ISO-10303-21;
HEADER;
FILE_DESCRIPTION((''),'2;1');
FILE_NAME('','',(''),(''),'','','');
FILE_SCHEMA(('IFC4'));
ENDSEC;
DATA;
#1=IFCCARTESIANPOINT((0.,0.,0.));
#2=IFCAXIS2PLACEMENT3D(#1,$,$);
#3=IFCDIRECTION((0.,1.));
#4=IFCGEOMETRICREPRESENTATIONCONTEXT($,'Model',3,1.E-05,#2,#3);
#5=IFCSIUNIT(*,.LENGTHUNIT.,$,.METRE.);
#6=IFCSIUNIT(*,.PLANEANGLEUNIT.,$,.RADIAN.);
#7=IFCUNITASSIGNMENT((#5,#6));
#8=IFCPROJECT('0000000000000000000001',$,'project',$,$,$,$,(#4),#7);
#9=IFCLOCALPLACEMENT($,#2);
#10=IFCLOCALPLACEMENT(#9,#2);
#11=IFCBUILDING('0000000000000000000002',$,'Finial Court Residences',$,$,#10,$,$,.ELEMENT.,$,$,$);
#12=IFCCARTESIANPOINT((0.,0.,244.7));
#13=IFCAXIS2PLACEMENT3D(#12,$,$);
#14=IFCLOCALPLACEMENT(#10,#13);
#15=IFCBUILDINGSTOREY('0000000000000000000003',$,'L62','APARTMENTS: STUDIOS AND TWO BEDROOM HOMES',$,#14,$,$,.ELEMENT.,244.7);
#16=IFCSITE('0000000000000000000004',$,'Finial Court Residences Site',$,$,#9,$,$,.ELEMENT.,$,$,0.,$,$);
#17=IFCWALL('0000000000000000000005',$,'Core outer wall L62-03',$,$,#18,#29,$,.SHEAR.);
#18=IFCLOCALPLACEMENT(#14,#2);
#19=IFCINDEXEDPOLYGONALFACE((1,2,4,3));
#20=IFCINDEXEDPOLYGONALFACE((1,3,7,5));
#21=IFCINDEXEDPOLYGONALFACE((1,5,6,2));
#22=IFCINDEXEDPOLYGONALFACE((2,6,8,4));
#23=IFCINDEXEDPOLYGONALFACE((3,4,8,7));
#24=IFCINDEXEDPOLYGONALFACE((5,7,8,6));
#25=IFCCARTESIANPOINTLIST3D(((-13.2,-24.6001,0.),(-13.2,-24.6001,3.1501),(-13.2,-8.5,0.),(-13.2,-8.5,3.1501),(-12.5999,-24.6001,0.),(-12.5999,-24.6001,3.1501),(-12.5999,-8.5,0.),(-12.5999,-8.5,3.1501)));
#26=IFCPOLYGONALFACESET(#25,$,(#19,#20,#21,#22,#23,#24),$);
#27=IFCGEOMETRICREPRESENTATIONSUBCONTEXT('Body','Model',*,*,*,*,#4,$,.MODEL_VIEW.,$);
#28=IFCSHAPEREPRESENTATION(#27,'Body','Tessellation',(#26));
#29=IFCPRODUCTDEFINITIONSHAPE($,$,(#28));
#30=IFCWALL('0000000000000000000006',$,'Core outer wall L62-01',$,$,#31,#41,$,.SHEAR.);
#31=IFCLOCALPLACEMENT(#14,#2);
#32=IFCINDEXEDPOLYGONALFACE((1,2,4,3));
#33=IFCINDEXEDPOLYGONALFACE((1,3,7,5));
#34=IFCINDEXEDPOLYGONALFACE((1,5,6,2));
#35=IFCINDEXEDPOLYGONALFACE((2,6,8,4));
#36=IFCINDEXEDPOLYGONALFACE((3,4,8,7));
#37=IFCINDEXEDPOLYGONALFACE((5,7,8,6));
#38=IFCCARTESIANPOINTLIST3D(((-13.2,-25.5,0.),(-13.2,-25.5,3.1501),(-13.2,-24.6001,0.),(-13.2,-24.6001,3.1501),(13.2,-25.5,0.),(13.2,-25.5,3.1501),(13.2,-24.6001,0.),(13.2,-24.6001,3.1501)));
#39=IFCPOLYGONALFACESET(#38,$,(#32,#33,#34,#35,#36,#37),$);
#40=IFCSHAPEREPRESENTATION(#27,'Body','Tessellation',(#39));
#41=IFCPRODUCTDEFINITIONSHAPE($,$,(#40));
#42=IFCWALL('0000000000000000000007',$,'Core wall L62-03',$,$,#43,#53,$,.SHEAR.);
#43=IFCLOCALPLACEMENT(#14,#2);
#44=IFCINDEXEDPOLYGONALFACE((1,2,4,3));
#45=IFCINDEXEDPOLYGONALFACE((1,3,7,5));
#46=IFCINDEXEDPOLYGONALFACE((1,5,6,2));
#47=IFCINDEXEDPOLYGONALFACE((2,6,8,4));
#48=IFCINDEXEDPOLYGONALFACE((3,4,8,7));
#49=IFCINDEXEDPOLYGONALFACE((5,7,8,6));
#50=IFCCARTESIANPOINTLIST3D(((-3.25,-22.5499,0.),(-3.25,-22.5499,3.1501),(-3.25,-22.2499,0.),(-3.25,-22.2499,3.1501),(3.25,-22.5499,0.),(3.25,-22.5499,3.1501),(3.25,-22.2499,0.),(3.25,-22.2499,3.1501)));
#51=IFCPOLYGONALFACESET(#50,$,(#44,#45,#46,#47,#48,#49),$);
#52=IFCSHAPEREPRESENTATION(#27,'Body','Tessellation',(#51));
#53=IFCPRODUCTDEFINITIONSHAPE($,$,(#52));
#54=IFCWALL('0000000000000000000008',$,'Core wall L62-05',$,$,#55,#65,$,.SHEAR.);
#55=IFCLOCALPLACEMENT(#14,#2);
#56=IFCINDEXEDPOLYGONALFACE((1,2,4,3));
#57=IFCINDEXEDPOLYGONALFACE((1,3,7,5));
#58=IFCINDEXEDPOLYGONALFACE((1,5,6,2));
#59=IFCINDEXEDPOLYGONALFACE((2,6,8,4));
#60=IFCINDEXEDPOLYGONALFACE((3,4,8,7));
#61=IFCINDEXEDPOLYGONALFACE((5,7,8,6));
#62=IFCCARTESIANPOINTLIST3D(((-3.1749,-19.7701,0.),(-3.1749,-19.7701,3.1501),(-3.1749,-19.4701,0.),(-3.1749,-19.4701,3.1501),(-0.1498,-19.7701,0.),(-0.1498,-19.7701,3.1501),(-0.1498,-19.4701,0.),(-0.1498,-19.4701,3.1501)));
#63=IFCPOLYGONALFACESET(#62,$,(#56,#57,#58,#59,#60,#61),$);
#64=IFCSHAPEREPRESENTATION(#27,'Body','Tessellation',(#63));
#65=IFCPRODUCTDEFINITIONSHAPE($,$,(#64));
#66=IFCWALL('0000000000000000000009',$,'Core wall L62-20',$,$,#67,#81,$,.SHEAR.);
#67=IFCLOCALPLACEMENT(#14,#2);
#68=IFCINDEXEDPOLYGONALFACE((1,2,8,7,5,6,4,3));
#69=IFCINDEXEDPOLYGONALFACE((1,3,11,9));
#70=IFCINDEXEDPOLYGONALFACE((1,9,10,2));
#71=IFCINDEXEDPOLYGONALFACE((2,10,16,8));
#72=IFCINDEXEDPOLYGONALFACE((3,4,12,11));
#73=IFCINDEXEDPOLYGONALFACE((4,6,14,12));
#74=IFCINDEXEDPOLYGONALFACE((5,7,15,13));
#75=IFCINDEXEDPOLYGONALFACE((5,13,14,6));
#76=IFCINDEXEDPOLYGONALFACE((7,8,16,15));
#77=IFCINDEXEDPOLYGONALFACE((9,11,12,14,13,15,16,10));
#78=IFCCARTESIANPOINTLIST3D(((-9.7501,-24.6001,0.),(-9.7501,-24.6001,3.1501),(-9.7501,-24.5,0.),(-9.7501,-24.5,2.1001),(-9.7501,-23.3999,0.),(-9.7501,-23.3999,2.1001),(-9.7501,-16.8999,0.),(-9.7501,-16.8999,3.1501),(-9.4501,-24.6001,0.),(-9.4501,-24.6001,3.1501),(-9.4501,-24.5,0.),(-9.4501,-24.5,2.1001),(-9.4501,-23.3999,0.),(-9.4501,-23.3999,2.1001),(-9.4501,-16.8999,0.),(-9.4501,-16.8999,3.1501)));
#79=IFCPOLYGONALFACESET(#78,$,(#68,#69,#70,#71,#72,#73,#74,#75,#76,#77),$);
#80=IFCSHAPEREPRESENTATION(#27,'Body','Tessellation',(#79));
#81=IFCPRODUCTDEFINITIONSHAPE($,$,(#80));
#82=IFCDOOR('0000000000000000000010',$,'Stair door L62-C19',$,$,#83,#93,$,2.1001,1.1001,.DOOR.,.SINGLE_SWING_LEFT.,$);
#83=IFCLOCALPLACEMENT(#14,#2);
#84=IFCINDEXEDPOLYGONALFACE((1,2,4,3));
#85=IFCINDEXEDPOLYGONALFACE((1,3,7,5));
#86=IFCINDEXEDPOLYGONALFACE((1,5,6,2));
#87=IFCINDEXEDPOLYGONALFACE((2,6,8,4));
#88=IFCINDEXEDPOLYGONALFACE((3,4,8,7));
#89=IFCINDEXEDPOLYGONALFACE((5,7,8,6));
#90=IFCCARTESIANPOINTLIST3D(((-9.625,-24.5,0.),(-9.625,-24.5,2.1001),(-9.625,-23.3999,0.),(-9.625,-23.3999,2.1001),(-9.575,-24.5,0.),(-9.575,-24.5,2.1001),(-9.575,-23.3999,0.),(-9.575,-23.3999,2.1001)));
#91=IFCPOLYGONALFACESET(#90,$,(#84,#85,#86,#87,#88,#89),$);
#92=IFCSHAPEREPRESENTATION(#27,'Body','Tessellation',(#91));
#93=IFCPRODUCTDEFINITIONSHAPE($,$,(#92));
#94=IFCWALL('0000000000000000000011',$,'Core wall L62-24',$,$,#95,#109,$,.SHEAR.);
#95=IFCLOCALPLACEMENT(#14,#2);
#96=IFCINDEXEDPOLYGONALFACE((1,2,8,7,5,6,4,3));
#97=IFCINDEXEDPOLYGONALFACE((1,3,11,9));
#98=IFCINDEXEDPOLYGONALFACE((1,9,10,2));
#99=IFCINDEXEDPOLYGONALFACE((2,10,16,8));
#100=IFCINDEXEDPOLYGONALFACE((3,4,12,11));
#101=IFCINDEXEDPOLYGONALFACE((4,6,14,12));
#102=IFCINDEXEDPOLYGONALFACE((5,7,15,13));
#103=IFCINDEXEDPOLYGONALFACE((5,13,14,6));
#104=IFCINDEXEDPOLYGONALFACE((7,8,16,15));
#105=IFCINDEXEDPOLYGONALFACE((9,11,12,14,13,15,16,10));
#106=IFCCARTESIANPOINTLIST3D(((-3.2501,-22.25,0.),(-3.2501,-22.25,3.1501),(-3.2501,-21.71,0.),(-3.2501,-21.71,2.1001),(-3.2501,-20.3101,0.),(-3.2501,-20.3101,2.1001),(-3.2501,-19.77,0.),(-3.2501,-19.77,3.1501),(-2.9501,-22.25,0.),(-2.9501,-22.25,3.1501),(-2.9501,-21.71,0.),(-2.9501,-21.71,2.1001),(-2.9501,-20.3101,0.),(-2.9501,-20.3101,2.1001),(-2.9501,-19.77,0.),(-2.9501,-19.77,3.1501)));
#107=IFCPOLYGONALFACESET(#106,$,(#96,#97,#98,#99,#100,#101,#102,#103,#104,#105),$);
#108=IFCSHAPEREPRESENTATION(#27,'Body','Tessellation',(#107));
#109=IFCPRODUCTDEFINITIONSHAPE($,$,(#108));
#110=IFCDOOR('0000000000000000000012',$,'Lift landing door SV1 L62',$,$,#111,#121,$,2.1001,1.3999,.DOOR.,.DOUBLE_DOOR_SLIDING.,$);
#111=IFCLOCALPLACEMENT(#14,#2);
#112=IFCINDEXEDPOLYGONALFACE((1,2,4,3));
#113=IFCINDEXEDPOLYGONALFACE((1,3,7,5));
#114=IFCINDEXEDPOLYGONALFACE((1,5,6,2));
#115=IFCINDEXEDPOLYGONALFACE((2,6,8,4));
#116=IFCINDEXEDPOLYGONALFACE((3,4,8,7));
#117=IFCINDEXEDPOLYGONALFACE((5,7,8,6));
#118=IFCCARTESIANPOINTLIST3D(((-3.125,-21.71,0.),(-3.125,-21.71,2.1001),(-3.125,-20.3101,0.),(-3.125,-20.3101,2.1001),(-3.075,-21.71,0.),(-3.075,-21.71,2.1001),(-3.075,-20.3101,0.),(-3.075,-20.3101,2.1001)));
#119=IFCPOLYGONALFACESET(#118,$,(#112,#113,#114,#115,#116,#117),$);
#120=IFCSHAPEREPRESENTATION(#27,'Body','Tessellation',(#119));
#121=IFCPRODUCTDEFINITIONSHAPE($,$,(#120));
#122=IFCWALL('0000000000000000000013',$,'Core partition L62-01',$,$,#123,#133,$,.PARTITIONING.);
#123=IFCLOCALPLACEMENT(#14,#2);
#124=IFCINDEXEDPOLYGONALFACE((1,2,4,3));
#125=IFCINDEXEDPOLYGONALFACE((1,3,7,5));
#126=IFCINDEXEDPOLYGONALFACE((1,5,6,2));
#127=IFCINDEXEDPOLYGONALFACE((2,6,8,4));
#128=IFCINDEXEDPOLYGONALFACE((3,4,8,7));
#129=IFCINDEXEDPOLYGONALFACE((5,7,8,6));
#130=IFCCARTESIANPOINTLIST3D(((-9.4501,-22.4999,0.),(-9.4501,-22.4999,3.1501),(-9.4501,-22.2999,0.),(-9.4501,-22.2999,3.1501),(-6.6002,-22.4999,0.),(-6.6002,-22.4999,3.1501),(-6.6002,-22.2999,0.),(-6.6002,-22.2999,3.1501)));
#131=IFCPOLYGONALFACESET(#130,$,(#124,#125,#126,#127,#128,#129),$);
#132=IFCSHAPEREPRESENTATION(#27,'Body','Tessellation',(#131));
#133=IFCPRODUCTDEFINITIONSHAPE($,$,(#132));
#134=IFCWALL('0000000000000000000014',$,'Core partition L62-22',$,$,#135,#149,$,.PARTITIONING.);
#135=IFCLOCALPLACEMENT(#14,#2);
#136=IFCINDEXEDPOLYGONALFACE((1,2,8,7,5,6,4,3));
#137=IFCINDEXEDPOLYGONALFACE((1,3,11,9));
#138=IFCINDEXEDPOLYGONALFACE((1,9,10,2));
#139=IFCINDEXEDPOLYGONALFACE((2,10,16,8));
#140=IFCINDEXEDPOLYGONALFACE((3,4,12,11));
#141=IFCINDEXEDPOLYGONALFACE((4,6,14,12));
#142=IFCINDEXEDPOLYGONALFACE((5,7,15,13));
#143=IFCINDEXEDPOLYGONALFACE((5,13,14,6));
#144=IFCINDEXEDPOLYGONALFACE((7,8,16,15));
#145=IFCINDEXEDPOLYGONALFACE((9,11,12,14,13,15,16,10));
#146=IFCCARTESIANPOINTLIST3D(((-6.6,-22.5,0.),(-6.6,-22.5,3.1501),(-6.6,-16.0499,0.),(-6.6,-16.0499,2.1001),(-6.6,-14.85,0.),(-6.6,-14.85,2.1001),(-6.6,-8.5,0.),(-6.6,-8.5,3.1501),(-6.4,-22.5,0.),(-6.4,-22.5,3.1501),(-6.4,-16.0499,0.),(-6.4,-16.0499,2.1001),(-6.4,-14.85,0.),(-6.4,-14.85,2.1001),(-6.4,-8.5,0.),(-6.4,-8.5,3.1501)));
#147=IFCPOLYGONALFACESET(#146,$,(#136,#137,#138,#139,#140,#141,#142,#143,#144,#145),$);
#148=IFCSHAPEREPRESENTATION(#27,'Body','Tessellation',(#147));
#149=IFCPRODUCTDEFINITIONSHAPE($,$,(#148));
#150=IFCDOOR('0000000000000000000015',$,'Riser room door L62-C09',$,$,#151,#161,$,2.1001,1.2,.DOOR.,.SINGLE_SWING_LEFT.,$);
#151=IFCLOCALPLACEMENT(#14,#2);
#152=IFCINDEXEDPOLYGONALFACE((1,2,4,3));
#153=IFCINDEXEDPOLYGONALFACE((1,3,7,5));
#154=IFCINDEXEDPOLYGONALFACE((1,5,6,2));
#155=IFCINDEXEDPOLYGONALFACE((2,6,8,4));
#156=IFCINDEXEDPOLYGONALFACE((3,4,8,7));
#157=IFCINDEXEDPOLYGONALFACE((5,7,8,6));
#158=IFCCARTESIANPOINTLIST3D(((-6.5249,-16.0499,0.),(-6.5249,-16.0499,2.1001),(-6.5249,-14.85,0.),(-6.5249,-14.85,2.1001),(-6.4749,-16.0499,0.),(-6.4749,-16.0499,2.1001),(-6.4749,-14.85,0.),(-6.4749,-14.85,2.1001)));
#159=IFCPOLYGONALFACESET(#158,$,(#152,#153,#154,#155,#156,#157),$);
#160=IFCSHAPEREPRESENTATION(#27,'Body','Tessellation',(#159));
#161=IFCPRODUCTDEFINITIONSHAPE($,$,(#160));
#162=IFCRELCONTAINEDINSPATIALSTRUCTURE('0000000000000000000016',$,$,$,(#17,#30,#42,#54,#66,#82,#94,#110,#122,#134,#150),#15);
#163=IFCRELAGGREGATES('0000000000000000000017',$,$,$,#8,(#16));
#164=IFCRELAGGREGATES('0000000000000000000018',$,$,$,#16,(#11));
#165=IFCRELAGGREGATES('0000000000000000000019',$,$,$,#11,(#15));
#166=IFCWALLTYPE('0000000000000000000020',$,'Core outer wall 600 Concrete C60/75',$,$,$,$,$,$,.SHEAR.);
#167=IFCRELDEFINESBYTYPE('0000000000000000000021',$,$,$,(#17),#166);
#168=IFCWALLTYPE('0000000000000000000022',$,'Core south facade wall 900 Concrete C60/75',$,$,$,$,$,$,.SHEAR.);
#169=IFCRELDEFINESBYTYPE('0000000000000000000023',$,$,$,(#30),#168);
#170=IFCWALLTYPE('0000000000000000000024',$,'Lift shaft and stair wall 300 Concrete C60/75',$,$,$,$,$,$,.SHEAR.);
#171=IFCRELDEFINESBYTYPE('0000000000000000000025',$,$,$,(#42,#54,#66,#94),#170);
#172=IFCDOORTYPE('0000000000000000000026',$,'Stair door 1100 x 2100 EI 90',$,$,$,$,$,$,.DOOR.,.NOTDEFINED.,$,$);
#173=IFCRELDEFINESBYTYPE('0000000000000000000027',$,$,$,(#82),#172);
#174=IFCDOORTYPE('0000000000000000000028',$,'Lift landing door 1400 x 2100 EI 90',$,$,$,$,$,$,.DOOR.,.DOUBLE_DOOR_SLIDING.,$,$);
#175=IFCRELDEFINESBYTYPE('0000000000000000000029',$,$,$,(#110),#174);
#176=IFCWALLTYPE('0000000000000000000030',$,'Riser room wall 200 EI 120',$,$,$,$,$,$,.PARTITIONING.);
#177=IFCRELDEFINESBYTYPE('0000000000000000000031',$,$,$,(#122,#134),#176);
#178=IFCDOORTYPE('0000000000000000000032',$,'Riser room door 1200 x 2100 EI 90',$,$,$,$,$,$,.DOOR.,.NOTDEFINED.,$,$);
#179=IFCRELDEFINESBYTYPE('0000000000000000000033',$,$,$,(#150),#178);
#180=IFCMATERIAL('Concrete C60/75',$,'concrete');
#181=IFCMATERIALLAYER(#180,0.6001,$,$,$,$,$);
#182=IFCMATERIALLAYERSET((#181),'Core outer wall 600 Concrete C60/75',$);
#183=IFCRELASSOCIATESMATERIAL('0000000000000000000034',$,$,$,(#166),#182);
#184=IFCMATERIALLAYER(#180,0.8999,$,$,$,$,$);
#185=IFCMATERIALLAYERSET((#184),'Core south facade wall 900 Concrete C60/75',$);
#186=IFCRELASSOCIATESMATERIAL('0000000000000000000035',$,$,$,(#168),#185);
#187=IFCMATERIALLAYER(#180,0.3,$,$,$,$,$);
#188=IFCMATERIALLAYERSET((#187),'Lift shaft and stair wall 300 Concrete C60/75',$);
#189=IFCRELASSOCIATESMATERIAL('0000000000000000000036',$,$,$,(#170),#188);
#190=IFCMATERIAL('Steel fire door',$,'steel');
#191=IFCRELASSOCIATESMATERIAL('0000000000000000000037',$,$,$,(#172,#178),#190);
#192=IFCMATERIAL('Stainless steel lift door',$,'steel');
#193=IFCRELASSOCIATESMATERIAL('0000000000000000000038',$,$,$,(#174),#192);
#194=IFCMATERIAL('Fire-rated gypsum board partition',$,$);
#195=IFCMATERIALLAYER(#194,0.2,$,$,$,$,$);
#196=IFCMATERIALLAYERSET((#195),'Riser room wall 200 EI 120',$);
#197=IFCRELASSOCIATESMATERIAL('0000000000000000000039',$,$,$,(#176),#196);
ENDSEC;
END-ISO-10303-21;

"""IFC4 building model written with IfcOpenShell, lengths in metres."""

from ifc_helpers import new_model, si_unit, direction, frame, frame_2d, origin, place, context, subcontext, project, spatial, rectangle, extrude, material, layer, layer_set, type_object, element, fill, save


model = new_model("IFC4")

# Units and contexts
model_context = context("Model", 3, precision=1e-05, world=origin(), true_north=direction((0.0, 1.0)))
body_context = subcontext(model_context, "Body", "Model", "MODEL_VIEW")
ifc_project = project(units=[si_unit("LENGTHUNIT", "METRE"), si_unit("PLANEANGLEUNIT", "RADIAN")], contexts=[model_context])

# Site, building, storey
site_placement = place(None, origin())
site = spatial("IfcSite", under=ifc_project, at=site_placement, Name="Finial Court Residences Site", CompositionType="ELEMENT", RefElevation=0.0)
building_placement = place(site_placement, origin())
building = spatial("IfcBuilding", under=site, at=building_placement, Name="Finial Court Residences", CompositionType="ELEMENT")
storey_placement = place(building_placement, frame((0.0, 0.0, 244.7)))
storey = spatial("IfcBuildingStorey", under=building, at=storey_placement, Name="L62", Description="APARTMENTS: STUDIOS AND TWO BEDROOM HOMES", CompositionType="ELEMENT", Elevation=244.7)

# Walls
ifc_material_1 = material(Name="Concrete C60/75", Category="concrete")
ifc_layer_1 = layer(ifc_material_1, 0.6001)
ifc_layer_set_1 = layer_set([ifc_layer_1], Name="Core outer wall 600 Concrete C60/75")
wall_type_1 = type_object("IfcWallType", Name="Core outer wall 600 Concrete C60/75", PredefinedType="SHEAR", material=ifc_layer_set_1)
wall_1_placement = place(storey_placement, frame((-12.8999, -24.6001, 0.0), z_axis=(0.0, 0.0, 1.0), x_axis=(0.0, 1.0, 0.0)))
element("IfcWall", 1, at=wall_1_placement, inside=storey, type_object=wall_type_1, Name="Core outer wall L62-03", PredefinedType="SHEAR", context=body_context, shape_type="SweptSolid", body=[
    extrude(rectangle(XDim=16.1001, YDim=0.6001, at=frame_2d((8.05, 0.0))), origin(), (0.0, 0.0, 1.0), 3.1501),
])
ifc_layer_2 = layer(ifc_material_1, 0.8999)
ifc_layer_set_2 = layer_set([ifc_layer_2], Name="Core south facade wall 900 Concrete C60/75")
wall_type_2 = type_object("IfcWallType", Name="Core south facade wall 900 Concrete C60/75", PredefinedType="SHEAR", material=ifc_layer_set_2)
wall_2_placement = place(storey_placement, frame((-13.2, -25.05, 0.0), z_axis=(0.0, 0.0, 1.0), x_axis=(1.0, 0.0, 0.0)))
element("IfcWall", 2, at=wall_2_placement, inside=storey, type_object=wall_type_2, Name="Core outer wall L62-01", PredefinedType="SHEAR", context=body_context, shape_type="SweptSolid", body=[
    extrude(rectangle(XDim=26.3999, YDim=0.8999, at=frame_2d((13.2, 0.0))), origin(), (0.0, 0.0, 1.0), 3.1501),
])
ifc_layer_3 = layer(ifc_material_1, 0.3)
ifc_layer_set_3 = layer_set([ifc_layer_3], Name="Lift shaft and stair wall 300 Concrete C60/75")
wall_type_3 = type_object("IfcWallType", Name="Lift shaft and stair wall 300 Concrete C60/75", PredefinedType="SHEAR", material=ifc_layer_set_3)
wall_3_placement = place(storey_placement, frame((-3.25, -22.3999, 0.0), z_axis=(0.0, 0.0, 1.0), x_axis=(1.0, 0.0, 0.0)))
element("IfcWall", 3, at=wall_3_placement, inside=storey, type_object=wall_type_3, Name="Core wall L62-03", PredefinedType="SHEAR", context=body_context, shape_type="SweptSolid", body=[
    extrude(rectangle(XDim=6.5, YDim=0.3, at=frame_2d((3.25, 0.0))), origin(), (0.0, 0.0, 1.0), 3.1501),
])
wall_4_placement = place(storey_placement, frame((-3.175, -19.6201, 0.0), z_axis=(0.0, 0.0, 1.0), x_axis=(1.0, 0.0, 0.0)))
element("IfcWall", 4, at=wall_4_placement, inside=storey, type_object=wall_type_3, Name="Core wall L62-05", PredefinedType="SHEAR", context=body_context, shape_type="SweptSolid", body=[
    extrude(rectangle(XDim=3.0251, YDim=0.3, at=frame_2d((1.5127, 0.0))), origin(), (0.0, 0.0, 1.0), 3.1501),
])

# Walls, openings, doors
wall_5_placement = place(storey_placement, frame((-9.6001, -24.6001, 0.0), z_axis=(0.0, 0.0, 1.0), x_axis=(0.0, 1.0, 0.0)))
wall_5 = element("IfcWall", 5, at=wall_5_placement, inside=storey, type_object=wall_type_3, Name="Core wall L62-20", PredefinedType="SHEAR", context=body_context, shape_type="SweptSolid", body=[
    extrude(rectangle(XDim=7.7002, YDim=0.3, at=frame_2d((3.8501, 0.0))), origin(), (0.0, 0.0, 1.0), 3.1501),
])
opening_1_placement = place(wall_5_placement, frame((0.1001, 0.0, 0.0)))
opening_1 = element("IfcOpeningElement", 6, at=opening_1_placement, cuts=wall_5, PredefinedType="OPENING", context=body_context, shape_type="SweptSolid", body=[
    extrude(rectangle(XDim=1.1001, YDim=2.1001, at=frame_2d((0.55, 1.05))), frame((0.0, 0.1599, 0.0), z_axis=(0.0, -1.0, 0.0), x_axis=(1.0, 0.0, 0.0)), (0.0, 0.0, 1.0), 0.3201),
])
ifc_material_2 = material(Name="Steel fire door", Category="steel")
door_type_1 = type_object("IfcDoorType", Name="Stair door 1100 x 2100 EI 90", OperationType="NOTDEFINED", PredefinedType="DOOR", material=ifc_material_2)
door_1_placement = place(opening_1_placement, origin())
door_1 = element("IfcDoor", 7, at=door_1_placement, inside=storey, type_object=door_type_1, Name="Stair door L62-C19", OperationType="SINGLE_SWING_LEFT", OverallHeight=2.1001, OverallWidth=1.1001, PredefinedType="DOOR", context=body_context, shape_type="SweptSolid", body=[
    extrude(rectangle(XDim=1.1001, YDim=2.1001, at=frame_2d((0.55, 1.05))), frame((0.0, 0.0249, 0.0), z_axis=(0.0, -1.0, 0.0), x_axis=(1.0, 0.0, 0.0)), (0.0, 0.0, 1.0), 0.05),
])
fill(opening_1, door_1)
wall_6_placement = place(storey_placement, frame((-3.1001, -22.25, 0.0), z_axis=(0.0, 0.0, 1.0), x_axis=(0.0, 1.0, 0.0)))
wall_6 = element("IfcWall", 8, at=wall_6_placement, inside=storey, type_object=wall_type_3, Name="Core wall L62-24", PredefinedType="SHEAR", context=body_context, shape_type="SweptSolid", body=[
    extrude(rectangle(XDim=2.48, YDim=0.3, at=frame_2d((1.24, 0.0))), origin(), (0.0, 0.0, 1.0), 3.1501),
])
opening_2_placement = place(wall_6_placement, frame((0.54, 0.0, 0.0)))
opening_2 = element("IfcOpeningElement", 9, at=opening_2_placement, cuts=wall_6, PredefinedType="OPENING", context=body_context, shape_type="SweptSolid", body=[
    extrude(rectangle(XDim=1.3999, YDim=2.1001, at=frame_2d((0.7, 1.05))), frame((0.0, 0.1599, 0.0), z_axis=(0.0, -1.0, 0.0), x_axis=(1.0, 0.0, 0.0)), (0.0, 0.0, 1.0), 0.3201),
])
ifc_material_3 = material(Name="Stainless steel lift door", Category="steel")
door_type_2 = type_object("IfcDoorType", Name="Lift landing door 1400 x 2100 EI 90", OperationType="DOUBLE_DOOR_SLIDING", PredefinedType="DOOR", material=ifc_material_3)
door_2_placement = place(opening_2_placement, origin())
door_2 = element("IfcDoor", 10, at=door_2_placement, inside=storey, type_object=door_type_2, Name="Lift landing door SV1 L62", OperationType="DOUBLE_DOOR_SLIDING", OverallHeight=2.1001, OverallWidth=1.3999, PredefinedType="DOOR", context=body_context, shape_type="SweptSolid", body=[
    extrude(rectangle(XDim=1.3999, YDim=2.1001, at=frame_2d((0.7, 1.05))), frame((0.0, 0.0249, 0.0), z_axis=(0.0, -1.0, 0.0), x_axis=(1.0, 0.0, 0.0)), (0.0, 0.0, 1.0), 0.05),
])
fill(opening_2, door_2)

# Wall
ifc_material_4 = material(Name="Fire-rated gypsum board partition")
ifc_layer_4 = layer(ifc_material_4, 0.2)
ifc_layer_set_4 = layer_set([ifc_layer_4], Name="Riser room wall 200 EI 120")
wall_type_4 = type_object("IfcWallType", Name="Riser room wall 200 EI 120", PredefinedType="PARTITIONING", material=ifc_layer_set_4)
wall_7_placement = place(storey_placement, frame((-9.45, -22.3999, 0.0), z_axis=(0.0, 0.0, 1.0), x_axis=(1.0, 0.0, 0.0)))
element("IfcWall", 11, at=wall_7_placement, inside=storey, type_object=wall_type_4, Name="Core partition L62-01", PredefinedType="PARTITIONING", context=body_context, shape_type="SweptSolid", body=[
    extrude(rectangle(XDim=2.8499, YDim=0.2, at=frame_2d((1.4248, 0.0))), origin(), (0.0, 0.0, 1.0), 3.1501),
])

# Wall, opening, door
wall_8_placement = place(storey_placement, frame((-6.5, -22.5, 0.0), z_axis=(0.0, 0.0, 1.0), x_axis=(0.0, 1.0, 0.0)))
wall_8 = element("IfcWall", 12, at=wall_8_placement, inside=storey, type_object=wall_type_4, Name="Core partition L62-22", PredefinedType="PARTITIONING", context=body_context, shape_type="SweptSolid", body=[
    extrude(rectangle(XDim=14.0, YDim=0.2, at=frame_2d((7.0, 0.0))), origin(), (0.0, 0.0, 1.0), 3.1501),
])
opening_3_placement = place(wall_8_placement, frame((6.45, 0.0, 0.0)))
opening_3 = element("IfcOpeningElement", 13, at=opening_3_placement, cuts=wall_8, PredefinedType="OPENING", context=body_context, shape_type="SweptSolid", body=[
    extrude(rectangle(XDim=1.2, YDim=2.1001, at=frame_2d((0.6001, 1.05))), frame((0.0, 0.1099, 0.0), z_axis=(0.0, -1.0, 0.0), x_axis=(1.0, 0.0, 0.0)), (0.0, 0.0, 1.0), 0.22),
])
door_type_3 = type_object("IfcDoorType", Name="Riser room door 1200 x 2100 EI 90", OperationType="NOTDEFINED", PredefinedType="DOOR", material=ifc_material_2)
door_3_placement = place(opening_3_placement, origin())
door_3 = element("IfcDoor", 14, at=door_3_placement, inside=storey, type_object=door_type_3, Name="Riser room door L62-C09", OperationType="SINGLE_SWING_LEFT", OverallHeight=2.1001, OverallWidth=1.2, PredefinedType="DOOR", context=body_context, shape_type="SweptSolid", body=[
    extrude(rectangle(XDim=1.2, YDim=2.1001, at=frame_2d((0.6001, 1.05))), frame((0.0, 0.0249, 0.0), z_axis=(0.0, -1.0, 0.0), x_axis=(1.0, 0.0, 0.0)), (0.0, 0.0, 1.0), 0.05),
])
fill(opening_3, door_3)

save(model, "model.ifc")
